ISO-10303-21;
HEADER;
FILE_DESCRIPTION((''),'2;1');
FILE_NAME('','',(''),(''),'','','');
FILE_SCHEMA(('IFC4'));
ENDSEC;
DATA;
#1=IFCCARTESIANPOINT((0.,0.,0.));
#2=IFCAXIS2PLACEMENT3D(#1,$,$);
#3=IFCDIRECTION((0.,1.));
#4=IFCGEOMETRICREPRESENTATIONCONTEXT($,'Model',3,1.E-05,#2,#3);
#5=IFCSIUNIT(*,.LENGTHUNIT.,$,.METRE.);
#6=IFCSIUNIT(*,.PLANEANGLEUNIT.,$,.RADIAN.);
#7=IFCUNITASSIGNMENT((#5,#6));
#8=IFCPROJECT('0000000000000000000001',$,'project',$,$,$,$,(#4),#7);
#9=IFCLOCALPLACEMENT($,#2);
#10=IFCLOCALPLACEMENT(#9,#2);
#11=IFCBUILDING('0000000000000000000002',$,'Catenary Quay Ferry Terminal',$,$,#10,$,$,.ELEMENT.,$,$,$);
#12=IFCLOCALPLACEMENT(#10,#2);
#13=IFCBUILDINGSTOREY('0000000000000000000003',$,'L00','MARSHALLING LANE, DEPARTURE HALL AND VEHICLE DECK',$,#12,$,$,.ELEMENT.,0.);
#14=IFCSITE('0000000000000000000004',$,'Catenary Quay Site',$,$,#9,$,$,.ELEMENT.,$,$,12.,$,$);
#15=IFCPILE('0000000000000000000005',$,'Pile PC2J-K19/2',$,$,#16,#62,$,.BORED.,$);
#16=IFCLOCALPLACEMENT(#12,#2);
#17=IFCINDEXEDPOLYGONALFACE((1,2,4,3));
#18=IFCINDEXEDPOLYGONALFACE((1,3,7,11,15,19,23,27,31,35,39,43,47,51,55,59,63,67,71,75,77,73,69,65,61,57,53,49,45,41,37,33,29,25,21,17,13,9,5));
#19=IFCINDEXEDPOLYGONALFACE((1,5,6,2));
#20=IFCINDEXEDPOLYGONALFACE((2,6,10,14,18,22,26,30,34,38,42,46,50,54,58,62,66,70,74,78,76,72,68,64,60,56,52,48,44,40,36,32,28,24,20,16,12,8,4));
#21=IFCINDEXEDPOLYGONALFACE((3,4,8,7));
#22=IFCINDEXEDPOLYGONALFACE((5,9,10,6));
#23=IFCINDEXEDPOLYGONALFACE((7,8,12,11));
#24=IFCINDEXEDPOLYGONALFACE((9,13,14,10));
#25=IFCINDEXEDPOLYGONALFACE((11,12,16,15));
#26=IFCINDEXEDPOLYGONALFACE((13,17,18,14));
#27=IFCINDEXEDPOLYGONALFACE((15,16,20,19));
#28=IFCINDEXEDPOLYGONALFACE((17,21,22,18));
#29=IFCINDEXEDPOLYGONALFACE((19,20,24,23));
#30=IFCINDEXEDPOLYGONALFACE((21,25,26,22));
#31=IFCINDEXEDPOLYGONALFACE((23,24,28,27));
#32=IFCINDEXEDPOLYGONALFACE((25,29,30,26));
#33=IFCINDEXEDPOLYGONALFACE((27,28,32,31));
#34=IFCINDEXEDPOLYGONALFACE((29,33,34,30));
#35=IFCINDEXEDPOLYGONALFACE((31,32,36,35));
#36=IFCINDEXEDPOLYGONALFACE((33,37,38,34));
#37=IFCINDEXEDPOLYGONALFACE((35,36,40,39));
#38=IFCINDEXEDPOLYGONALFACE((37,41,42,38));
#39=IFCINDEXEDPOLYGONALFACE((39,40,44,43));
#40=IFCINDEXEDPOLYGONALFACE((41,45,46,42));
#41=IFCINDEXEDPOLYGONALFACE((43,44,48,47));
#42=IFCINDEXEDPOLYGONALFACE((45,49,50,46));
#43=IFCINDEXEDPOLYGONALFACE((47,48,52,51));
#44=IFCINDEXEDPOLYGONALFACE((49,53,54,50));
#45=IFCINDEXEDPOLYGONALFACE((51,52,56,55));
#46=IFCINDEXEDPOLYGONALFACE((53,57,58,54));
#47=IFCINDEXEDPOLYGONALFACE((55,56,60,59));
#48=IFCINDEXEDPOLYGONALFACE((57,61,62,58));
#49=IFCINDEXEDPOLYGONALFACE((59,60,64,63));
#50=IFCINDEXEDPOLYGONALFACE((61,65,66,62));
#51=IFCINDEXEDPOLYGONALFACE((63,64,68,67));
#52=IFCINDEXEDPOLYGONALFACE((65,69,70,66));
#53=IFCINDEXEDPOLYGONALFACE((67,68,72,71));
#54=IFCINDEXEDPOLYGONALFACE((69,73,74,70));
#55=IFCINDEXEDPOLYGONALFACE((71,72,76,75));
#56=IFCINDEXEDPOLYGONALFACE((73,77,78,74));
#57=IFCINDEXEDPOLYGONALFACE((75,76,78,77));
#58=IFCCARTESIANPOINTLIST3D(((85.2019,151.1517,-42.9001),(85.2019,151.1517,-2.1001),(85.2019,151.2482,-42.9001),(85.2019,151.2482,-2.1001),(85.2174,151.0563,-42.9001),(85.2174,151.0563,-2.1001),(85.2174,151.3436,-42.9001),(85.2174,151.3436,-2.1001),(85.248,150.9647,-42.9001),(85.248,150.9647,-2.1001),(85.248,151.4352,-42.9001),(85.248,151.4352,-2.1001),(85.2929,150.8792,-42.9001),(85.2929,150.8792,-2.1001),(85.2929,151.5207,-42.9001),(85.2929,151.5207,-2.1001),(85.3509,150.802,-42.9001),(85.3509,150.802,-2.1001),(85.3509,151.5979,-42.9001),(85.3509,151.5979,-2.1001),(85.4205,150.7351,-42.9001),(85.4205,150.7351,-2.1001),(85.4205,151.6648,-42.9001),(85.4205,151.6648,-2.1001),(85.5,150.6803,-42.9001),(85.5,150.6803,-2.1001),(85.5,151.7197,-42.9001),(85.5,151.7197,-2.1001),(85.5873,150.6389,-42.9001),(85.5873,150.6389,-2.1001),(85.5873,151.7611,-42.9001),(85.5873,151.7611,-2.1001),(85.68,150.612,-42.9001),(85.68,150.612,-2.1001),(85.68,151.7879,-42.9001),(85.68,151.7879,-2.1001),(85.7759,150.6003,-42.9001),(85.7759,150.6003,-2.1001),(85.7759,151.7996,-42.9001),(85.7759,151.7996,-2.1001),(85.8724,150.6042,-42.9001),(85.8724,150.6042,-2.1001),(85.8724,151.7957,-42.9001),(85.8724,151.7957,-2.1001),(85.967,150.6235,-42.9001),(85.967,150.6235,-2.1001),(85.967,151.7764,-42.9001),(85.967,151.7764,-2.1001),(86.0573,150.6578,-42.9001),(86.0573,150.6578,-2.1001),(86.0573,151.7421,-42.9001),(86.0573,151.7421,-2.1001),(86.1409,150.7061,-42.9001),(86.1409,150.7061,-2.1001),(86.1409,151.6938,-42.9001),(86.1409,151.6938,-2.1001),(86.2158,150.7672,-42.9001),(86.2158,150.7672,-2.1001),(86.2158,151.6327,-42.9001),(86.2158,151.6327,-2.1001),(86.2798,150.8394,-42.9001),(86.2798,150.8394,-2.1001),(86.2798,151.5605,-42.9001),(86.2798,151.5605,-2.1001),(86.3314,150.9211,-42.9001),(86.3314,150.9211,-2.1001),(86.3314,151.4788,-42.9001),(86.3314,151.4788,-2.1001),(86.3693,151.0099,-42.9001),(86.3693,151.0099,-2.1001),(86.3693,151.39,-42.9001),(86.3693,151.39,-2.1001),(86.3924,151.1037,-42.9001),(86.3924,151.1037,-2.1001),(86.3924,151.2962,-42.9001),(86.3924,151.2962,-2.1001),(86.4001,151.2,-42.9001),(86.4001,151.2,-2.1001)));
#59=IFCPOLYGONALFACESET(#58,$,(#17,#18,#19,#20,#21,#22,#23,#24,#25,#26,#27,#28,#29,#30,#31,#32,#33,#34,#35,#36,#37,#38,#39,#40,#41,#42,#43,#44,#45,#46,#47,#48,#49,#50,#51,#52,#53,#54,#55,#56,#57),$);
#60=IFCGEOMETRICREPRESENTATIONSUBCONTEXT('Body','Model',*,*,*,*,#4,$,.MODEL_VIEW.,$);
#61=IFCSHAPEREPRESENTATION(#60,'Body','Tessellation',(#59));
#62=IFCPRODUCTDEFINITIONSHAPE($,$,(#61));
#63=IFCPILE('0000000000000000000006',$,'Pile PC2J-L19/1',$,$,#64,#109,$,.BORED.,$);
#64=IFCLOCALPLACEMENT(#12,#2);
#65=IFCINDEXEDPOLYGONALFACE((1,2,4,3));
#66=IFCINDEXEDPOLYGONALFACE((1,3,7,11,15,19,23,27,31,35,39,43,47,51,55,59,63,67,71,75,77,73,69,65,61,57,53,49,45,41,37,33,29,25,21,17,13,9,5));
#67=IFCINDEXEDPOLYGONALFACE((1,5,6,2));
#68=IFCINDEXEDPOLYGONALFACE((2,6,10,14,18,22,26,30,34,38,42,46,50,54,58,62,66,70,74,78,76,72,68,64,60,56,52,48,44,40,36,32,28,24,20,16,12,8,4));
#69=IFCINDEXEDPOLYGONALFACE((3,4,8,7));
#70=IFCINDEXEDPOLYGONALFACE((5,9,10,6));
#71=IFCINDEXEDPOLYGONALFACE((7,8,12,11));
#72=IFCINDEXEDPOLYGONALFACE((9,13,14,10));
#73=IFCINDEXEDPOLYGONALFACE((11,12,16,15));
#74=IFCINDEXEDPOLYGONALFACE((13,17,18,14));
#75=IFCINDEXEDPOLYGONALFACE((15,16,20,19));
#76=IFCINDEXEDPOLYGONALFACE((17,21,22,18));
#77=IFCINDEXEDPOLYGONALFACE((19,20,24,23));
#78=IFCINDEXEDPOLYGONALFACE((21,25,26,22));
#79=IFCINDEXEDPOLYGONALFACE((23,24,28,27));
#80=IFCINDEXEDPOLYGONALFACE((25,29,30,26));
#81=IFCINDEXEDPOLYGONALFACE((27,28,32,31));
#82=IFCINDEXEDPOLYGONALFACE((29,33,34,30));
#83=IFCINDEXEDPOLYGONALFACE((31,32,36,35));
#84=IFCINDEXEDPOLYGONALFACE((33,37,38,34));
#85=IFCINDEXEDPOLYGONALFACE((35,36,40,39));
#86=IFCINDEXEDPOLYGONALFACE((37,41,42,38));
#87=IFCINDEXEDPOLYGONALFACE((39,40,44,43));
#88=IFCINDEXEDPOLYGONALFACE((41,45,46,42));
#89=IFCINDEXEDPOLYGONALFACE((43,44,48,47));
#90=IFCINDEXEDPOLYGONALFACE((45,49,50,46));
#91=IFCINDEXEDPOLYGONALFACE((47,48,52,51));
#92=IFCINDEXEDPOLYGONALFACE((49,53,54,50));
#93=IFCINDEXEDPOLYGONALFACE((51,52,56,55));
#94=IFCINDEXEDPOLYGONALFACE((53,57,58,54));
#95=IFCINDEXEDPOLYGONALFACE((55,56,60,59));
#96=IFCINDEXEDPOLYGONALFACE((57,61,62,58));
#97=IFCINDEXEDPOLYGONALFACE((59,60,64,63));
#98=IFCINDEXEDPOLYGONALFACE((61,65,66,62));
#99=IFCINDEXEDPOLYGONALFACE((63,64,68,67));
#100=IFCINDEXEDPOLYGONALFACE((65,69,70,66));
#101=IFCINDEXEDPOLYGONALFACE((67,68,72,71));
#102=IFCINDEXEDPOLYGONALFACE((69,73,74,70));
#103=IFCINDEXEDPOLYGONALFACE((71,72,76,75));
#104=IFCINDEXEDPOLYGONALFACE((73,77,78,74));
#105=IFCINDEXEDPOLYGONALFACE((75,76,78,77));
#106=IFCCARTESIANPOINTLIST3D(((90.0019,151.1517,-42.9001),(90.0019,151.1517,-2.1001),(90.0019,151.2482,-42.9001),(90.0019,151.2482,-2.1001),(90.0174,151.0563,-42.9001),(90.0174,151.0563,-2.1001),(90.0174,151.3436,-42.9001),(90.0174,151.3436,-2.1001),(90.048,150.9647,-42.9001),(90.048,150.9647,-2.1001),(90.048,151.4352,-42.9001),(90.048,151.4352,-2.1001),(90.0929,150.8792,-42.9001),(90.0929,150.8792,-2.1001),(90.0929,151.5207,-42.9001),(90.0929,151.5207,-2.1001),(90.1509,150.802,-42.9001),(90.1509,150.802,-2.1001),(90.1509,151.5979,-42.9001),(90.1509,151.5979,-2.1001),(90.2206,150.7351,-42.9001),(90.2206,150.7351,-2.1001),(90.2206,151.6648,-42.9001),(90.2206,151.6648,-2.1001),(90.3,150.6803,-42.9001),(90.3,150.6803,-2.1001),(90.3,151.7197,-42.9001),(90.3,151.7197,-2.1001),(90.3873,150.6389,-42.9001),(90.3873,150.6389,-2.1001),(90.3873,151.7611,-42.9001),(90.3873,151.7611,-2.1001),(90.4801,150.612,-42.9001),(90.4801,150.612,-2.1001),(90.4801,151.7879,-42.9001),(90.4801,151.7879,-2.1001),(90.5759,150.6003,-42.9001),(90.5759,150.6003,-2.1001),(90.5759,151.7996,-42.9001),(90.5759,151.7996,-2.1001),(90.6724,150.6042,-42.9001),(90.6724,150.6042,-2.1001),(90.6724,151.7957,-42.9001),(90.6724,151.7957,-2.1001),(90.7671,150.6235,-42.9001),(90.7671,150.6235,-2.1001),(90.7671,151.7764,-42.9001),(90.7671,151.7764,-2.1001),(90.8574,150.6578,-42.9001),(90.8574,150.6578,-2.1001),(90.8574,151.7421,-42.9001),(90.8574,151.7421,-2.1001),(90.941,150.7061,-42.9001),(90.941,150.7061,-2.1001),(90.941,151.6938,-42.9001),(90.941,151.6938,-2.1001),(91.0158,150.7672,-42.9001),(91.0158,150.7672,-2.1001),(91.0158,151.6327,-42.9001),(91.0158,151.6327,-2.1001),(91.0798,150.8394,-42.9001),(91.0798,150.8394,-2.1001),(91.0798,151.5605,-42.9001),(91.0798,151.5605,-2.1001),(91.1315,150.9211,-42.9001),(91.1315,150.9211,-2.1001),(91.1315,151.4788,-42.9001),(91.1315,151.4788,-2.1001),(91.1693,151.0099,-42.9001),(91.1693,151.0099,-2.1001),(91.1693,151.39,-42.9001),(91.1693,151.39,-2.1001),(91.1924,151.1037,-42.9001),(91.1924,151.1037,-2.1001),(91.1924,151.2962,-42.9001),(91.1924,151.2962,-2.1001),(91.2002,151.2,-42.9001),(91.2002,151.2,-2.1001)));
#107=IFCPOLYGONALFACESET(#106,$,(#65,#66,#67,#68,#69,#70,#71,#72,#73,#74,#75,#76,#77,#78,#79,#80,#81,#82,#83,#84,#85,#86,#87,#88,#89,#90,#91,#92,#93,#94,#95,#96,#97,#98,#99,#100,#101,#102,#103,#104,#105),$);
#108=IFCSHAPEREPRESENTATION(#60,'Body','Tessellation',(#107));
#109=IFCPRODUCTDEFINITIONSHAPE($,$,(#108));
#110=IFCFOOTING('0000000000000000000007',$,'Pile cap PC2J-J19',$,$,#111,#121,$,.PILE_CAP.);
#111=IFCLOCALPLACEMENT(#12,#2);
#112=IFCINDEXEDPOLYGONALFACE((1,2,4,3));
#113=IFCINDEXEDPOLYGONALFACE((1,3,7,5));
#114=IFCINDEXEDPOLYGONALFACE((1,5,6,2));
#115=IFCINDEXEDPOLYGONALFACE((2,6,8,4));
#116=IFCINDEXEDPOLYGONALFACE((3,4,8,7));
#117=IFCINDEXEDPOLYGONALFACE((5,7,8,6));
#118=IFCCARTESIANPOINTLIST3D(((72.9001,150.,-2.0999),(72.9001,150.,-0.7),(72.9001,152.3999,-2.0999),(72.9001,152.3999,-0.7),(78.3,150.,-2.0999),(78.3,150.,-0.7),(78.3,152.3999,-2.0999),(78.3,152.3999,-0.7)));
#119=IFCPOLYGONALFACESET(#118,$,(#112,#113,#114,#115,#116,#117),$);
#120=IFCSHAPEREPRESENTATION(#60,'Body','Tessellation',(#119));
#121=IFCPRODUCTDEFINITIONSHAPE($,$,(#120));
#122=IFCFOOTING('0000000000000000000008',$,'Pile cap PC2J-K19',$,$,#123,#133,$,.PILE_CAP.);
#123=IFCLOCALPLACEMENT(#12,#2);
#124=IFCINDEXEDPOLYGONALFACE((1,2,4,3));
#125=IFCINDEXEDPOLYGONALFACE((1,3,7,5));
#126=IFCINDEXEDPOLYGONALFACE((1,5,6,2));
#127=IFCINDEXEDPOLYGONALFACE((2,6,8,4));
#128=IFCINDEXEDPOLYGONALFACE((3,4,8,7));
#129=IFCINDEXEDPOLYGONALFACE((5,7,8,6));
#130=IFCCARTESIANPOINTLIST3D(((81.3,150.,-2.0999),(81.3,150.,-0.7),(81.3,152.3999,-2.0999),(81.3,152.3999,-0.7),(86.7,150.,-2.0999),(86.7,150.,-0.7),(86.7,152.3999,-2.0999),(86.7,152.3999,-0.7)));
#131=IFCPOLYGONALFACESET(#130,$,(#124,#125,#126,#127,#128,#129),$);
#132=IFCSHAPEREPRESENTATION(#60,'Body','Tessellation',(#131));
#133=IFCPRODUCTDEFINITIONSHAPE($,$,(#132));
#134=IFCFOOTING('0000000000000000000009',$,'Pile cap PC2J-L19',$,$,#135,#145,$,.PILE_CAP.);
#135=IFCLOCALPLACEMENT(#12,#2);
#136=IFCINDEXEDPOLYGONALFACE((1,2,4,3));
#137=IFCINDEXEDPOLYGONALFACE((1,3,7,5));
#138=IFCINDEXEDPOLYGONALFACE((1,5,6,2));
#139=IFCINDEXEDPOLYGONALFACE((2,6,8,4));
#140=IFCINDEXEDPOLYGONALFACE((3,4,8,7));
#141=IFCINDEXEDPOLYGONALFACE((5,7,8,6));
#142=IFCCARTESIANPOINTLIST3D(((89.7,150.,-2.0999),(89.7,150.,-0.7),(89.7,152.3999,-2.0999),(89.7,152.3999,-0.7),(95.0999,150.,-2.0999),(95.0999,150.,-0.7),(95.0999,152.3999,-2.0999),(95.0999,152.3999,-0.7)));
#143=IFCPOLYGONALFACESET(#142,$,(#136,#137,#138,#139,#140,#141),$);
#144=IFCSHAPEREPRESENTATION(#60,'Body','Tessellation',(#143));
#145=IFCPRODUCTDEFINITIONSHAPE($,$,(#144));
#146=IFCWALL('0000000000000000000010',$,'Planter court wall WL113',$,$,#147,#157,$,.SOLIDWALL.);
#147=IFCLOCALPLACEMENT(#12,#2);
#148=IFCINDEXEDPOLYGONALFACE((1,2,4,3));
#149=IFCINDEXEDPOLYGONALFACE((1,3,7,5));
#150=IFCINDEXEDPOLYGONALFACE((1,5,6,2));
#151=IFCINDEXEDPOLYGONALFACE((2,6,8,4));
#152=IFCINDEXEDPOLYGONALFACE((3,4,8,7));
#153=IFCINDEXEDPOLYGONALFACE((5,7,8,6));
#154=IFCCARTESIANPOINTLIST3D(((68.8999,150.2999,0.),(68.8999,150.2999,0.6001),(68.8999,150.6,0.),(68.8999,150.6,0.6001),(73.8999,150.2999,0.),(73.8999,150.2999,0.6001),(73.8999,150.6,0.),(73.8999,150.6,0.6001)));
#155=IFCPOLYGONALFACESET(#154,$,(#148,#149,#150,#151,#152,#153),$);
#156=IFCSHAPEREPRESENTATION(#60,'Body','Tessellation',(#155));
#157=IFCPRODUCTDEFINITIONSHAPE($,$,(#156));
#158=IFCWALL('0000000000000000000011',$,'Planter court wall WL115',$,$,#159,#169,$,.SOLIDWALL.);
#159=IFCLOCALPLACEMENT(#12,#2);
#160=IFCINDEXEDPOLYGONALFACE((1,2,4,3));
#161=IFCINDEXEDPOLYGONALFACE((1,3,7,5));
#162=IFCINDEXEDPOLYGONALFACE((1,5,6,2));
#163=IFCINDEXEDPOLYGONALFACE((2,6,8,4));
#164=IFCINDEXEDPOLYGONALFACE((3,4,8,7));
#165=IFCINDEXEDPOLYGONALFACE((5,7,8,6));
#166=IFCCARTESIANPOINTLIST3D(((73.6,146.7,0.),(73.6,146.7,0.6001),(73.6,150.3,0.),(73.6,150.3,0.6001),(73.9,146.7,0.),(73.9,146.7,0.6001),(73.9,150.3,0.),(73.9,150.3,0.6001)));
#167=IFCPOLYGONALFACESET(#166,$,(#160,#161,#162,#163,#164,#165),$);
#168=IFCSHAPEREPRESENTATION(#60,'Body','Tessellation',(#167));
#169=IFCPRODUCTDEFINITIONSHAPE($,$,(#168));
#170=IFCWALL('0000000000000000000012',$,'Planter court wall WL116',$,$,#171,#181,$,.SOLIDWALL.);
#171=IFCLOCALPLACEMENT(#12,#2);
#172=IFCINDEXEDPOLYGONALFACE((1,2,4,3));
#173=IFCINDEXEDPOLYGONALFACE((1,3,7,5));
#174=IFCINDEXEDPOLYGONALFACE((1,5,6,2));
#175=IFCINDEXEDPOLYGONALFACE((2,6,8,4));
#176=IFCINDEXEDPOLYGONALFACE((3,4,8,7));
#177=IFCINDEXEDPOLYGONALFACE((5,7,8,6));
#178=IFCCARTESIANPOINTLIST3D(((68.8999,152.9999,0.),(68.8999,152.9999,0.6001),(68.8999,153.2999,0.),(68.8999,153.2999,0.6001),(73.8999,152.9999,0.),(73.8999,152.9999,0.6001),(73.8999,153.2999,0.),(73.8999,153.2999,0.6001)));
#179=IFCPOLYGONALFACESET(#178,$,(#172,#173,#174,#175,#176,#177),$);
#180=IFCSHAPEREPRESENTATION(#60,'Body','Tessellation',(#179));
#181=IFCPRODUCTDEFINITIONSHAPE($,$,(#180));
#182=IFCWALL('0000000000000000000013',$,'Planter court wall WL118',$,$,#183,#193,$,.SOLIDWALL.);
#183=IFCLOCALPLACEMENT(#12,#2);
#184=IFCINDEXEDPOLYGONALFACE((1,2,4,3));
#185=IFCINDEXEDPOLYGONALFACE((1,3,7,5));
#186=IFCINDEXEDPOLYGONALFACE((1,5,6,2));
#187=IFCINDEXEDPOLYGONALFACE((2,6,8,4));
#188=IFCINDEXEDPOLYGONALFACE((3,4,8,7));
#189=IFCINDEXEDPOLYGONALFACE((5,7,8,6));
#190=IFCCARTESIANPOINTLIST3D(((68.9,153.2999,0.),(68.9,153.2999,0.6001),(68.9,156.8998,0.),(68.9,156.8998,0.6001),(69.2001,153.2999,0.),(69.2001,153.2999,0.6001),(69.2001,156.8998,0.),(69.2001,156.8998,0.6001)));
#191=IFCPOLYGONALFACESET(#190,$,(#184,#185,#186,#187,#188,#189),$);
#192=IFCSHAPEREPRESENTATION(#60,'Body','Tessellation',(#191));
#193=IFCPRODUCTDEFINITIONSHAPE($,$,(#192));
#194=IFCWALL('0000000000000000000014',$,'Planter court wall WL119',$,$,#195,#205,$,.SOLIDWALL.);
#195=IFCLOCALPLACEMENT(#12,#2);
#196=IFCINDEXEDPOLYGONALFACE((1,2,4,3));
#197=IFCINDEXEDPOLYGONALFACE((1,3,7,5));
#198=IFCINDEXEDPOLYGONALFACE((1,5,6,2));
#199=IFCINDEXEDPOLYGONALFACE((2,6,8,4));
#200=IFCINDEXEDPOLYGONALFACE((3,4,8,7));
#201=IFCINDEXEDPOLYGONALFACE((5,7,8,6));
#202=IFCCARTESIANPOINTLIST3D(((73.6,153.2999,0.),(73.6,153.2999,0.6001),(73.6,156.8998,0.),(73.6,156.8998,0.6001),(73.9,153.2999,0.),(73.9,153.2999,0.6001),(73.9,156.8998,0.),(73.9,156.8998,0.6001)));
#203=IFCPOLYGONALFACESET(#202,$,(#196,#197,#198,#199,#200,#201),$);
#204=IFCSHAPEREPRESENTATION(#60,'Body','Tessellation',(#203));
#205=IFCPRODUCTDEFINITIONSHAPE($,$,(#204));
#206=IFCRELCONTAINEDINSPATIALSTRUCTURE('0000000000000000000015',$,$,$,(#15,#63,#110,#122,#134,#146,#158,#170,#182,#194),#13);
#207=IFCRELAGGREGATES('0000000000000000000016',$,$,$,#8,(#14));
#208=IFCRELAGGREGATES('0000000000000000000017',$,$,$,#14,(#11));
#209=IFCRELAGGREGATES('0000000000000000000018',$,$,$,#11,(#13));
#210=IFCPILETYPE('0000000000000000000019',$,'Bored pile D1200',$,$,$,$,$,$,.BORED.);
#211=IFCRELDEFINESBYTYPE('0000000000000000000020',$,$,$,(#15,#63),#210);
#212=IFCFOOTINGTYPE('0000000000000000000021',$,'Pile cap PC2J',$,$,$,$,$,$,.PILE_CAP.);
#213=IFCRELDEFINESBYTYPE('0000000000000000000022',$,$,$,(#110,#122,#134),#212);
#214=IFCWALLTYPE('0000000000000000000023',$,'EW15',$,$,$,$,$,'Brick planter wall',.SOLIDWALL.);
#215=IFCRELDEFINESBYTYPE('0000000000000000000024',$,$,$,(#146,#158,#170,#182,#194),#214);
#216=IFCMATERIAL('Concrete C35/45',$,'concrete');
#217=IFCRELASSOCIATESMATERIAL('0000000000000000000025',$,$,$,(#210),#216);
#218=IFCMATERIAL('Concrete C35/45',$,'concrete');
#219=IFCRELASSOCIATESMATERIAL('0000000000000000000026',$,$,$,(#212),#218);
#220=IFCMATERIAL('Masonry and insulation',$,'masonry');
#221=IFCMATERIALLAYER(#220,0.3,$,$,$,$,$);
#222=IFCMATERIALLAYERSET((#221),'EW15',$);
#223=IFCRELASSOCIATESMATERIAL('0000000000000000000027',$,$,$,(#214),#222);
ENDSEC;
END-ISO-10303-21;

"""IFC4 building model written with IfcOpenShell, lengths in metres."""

from ifc_helpers import new_model, si_unit, direction, frame, frame_2d, origin, origin_2d, place, context, subcontext, project, spatial, rectangle, circle, extrude, material, layer, layer_set, material_profile, profile_set, type_object, element, save


model = new_model("IFC4")

# Units and contexts
model_context = context("Model", 3, precision=1e-05, world=origin(), true_north=direction((0.0, 1.0)))
body_context = subcontext(model_context, "Body", "Model", "MODEL_VIEW")
ifc_project = project(units=[si_unit("LENGTHUNIT", "METRE"), si_unit("PLANEANGLEUNIT", "RADIAN")], contexts=[model_context])

# Site, building, storey
site_placement = place(None, origin())
site = spatial("IfcSite", under=ifc_project, at=site_placement, Name="Catenary Quay Site", CompositionType="ELEMENT", RefElevation=12.0)
building_placement = place(site_placement, origin())
building = spatial("IfcBuilding", under=site, at=building_placement, Name="Catenary Quay Ferry Terminal", CompositionType="ELEMENT")
storey_placement = place(building_placement, origin())
storey = spatial("IfcBuildingStorey", under=building, at=storey_placement, Name="L00", Description="MARSHALLING LANE, DEPARTURE HALL AND VEHICLE DECK", CompositionType="ELEMENT", Elevation=0.0)

# Piles
ifc_material_1 = material(Name="Concrete C35/45", Category="concrete")
ifc_material_profile = material_profile(ifc_material_1, circle(Radius=0.6001, at=origin_2d()), Name="D1200")
ifc_profile_set = profile_set([ifc_material_profile], Name="Concrete C35/45")
pile_type = type_object("IfcPileType", Name="Bored pile D1200", PredefinedType="BORED", material=ifc_profile_set)
for number, where, z_axis, x_axis, name in (
    (1, (85.8, 151.2, -2.1001), (0.0, 0.0, -1.0), (1.0, 0.0, 0.0), "Pile PC2J-K19/2"),
    (2, (90.6001, 151.2, -2.1001), (0.0, 0.0, -1.0), (1.0, 0.0, 0.0), "Pile PC2J-L19/1"),
):
    element("IfcPile", number, at=place(storey_placement, frame(where, z_axis=z_axis, x_axis=x_axis)), inside=storey, type_object=pile_type, Name=name, PredefinedType="BORED", context=body_context, shape_type="SweptSolid", body=[
        extrude(circle(Radius=0.6001, at=origin_2d()), origin(), (0.0, 0.0, 1.0), 40.8),
    ])

# Footings
ifc_material_2 = material(Name="Concrete C35/45", Category="concrete")
footing_type = type_object("IfcFootingType", Name="Pile cap PC2J", PredefinedType="PILE_CAP", material=ifc_material_2)
for number, where, z_axis, x_axis, name in (
    (3, (75.6001, 151.2, -2.0999), (0.0, 0.0, 1.0), (1.0, 0.0, 0.0), "Pile cap PC2J-J19"),
    (4, (84.0, 151.2, -2.0999), (0.0, 0.0, 1.0), (1.0, 0.0, 0.0), "Pile cap PC2J-K19"),
    (5, (92.3999, 151.2, -2.0999), (0.0, 0.0, 1.0), (1.0, 0.0, 0.0), "Pile cap PC2J-L19"),
):
    element("IfcFooting", number, at=place(storey_placement, frame(where, z_axis=z_axis, x_axis=x_axis)), inside=storey, type_object=footing_type, Name=name, PredefinedType="PILE_CAP", context=body_context, shape_type="SweptSolid", body=[
        extrude(rectangle(XDim=5.3999, YDim=2.3999, at=origin_2d()), origin(), (0.0, 0.0, 1.0), 1.3999),
    ])

# Walls
ifc_material_3 = material(Name="Masonry and insulation", Category="masonry")
ifc_layer_1 = layer(ifc_material_3, 0.3)
ifc_layer_set_1 = layer_set([ifc_layer_1], Name="EW15")
wall_type = type_object("IfcWallType", Name="EW15", ElementType="Brick planter wall", PredefinedType="SOLIDWALL", material=ifc_layer_set_1)
wall_1_placement = place(storey_placement, frame((68.8999, 150.45, 0.0), z_axis=(0.0, 0.0, 1.0), x_axis=(1.0, 0.0, 0.0)))
element("IfcWall", 6, at=wall_1_placement, inside=storey, type_object=wall_type, Name="Planter court wall WL113", PredefinedType="SOLIDWALL", context=body_context, shape_type="SweptSolid", body=[
    extrude(rectangle(XDim=5.0, YDim=0.3, at=frame_2d((2.5, 0.0))), origin(), (0.0, 0.0, 1.0), 0.6001),
])
wall_2_placement = place(storey_placement, frame((73.75, 146.7, 0.0), z_axis=(0.0, 0.0, 1.0), x_axis=(0.0, 1.0, 0.0)))
element("IfcWall", 7, at=wall_2_placement, inside=storey, type_object=wall_type, Name="Planter court wall WL115", PredefinedType="SOLIDWALL", context=body_context, shape_type="SweptSolid", body=[
    extrude(rectangle(XDim=3.6001, YDim=0.3, at=frame_2d((1.8, 0.0))), origin(), (0.0, 0.0, 1.0), 0.6001),
])
wall_3_placement = place(storey_placement, frame((68.8999, 153.1499, 0.0), z_axis=(0.0, 0.0, 1.0), x_axis=(1.0, 0.0, 0.0)))
element("IfcWall", 8, at=wall_3_placement, inside=storey, type_object=wall_type, Name="Planter court wall WL116", PredefinedType="SOLIDWALL", context=body_context, shape_type="SweptSolid", body=[
    extrude(rectangle(XDim=5.0, YDim=0.3, at=frame_2d((2.5, 0.0))), origin(), (0.0, 0.0, 1.0), 0.6001),
])
for number, where, z_axis, x_axis, name in (
    (9, (69.05, 153.3, 0.0), (0.0, 0.0, 1.0), (0.0, 1.0, 0.0), "Planter court wall WL118"),
    (10, (73.75, 153.3, 0.0), (0.0, 0.0, 1.0), (0.0, 1.0, 0.0), "Planter court wall WL119"),
):
    element("IfcWall", number, at=place(storey_placement, frame(where, z_axis=z_axis, x_axis=x_axis)), inside=storey, type_object=wall_type, Name=name, PredefinedType="SOLIDWALL", context=body_context, shape_type="SweptSolid", body=[
        extrude(rectangle(XDim=3.5999, YDim=0.3, at=frame_2d((1.7998, 0.0))), origin(), (0.0, 0.0, 1.0), 0.6001),
    ])

save(model, "model.ifc")
